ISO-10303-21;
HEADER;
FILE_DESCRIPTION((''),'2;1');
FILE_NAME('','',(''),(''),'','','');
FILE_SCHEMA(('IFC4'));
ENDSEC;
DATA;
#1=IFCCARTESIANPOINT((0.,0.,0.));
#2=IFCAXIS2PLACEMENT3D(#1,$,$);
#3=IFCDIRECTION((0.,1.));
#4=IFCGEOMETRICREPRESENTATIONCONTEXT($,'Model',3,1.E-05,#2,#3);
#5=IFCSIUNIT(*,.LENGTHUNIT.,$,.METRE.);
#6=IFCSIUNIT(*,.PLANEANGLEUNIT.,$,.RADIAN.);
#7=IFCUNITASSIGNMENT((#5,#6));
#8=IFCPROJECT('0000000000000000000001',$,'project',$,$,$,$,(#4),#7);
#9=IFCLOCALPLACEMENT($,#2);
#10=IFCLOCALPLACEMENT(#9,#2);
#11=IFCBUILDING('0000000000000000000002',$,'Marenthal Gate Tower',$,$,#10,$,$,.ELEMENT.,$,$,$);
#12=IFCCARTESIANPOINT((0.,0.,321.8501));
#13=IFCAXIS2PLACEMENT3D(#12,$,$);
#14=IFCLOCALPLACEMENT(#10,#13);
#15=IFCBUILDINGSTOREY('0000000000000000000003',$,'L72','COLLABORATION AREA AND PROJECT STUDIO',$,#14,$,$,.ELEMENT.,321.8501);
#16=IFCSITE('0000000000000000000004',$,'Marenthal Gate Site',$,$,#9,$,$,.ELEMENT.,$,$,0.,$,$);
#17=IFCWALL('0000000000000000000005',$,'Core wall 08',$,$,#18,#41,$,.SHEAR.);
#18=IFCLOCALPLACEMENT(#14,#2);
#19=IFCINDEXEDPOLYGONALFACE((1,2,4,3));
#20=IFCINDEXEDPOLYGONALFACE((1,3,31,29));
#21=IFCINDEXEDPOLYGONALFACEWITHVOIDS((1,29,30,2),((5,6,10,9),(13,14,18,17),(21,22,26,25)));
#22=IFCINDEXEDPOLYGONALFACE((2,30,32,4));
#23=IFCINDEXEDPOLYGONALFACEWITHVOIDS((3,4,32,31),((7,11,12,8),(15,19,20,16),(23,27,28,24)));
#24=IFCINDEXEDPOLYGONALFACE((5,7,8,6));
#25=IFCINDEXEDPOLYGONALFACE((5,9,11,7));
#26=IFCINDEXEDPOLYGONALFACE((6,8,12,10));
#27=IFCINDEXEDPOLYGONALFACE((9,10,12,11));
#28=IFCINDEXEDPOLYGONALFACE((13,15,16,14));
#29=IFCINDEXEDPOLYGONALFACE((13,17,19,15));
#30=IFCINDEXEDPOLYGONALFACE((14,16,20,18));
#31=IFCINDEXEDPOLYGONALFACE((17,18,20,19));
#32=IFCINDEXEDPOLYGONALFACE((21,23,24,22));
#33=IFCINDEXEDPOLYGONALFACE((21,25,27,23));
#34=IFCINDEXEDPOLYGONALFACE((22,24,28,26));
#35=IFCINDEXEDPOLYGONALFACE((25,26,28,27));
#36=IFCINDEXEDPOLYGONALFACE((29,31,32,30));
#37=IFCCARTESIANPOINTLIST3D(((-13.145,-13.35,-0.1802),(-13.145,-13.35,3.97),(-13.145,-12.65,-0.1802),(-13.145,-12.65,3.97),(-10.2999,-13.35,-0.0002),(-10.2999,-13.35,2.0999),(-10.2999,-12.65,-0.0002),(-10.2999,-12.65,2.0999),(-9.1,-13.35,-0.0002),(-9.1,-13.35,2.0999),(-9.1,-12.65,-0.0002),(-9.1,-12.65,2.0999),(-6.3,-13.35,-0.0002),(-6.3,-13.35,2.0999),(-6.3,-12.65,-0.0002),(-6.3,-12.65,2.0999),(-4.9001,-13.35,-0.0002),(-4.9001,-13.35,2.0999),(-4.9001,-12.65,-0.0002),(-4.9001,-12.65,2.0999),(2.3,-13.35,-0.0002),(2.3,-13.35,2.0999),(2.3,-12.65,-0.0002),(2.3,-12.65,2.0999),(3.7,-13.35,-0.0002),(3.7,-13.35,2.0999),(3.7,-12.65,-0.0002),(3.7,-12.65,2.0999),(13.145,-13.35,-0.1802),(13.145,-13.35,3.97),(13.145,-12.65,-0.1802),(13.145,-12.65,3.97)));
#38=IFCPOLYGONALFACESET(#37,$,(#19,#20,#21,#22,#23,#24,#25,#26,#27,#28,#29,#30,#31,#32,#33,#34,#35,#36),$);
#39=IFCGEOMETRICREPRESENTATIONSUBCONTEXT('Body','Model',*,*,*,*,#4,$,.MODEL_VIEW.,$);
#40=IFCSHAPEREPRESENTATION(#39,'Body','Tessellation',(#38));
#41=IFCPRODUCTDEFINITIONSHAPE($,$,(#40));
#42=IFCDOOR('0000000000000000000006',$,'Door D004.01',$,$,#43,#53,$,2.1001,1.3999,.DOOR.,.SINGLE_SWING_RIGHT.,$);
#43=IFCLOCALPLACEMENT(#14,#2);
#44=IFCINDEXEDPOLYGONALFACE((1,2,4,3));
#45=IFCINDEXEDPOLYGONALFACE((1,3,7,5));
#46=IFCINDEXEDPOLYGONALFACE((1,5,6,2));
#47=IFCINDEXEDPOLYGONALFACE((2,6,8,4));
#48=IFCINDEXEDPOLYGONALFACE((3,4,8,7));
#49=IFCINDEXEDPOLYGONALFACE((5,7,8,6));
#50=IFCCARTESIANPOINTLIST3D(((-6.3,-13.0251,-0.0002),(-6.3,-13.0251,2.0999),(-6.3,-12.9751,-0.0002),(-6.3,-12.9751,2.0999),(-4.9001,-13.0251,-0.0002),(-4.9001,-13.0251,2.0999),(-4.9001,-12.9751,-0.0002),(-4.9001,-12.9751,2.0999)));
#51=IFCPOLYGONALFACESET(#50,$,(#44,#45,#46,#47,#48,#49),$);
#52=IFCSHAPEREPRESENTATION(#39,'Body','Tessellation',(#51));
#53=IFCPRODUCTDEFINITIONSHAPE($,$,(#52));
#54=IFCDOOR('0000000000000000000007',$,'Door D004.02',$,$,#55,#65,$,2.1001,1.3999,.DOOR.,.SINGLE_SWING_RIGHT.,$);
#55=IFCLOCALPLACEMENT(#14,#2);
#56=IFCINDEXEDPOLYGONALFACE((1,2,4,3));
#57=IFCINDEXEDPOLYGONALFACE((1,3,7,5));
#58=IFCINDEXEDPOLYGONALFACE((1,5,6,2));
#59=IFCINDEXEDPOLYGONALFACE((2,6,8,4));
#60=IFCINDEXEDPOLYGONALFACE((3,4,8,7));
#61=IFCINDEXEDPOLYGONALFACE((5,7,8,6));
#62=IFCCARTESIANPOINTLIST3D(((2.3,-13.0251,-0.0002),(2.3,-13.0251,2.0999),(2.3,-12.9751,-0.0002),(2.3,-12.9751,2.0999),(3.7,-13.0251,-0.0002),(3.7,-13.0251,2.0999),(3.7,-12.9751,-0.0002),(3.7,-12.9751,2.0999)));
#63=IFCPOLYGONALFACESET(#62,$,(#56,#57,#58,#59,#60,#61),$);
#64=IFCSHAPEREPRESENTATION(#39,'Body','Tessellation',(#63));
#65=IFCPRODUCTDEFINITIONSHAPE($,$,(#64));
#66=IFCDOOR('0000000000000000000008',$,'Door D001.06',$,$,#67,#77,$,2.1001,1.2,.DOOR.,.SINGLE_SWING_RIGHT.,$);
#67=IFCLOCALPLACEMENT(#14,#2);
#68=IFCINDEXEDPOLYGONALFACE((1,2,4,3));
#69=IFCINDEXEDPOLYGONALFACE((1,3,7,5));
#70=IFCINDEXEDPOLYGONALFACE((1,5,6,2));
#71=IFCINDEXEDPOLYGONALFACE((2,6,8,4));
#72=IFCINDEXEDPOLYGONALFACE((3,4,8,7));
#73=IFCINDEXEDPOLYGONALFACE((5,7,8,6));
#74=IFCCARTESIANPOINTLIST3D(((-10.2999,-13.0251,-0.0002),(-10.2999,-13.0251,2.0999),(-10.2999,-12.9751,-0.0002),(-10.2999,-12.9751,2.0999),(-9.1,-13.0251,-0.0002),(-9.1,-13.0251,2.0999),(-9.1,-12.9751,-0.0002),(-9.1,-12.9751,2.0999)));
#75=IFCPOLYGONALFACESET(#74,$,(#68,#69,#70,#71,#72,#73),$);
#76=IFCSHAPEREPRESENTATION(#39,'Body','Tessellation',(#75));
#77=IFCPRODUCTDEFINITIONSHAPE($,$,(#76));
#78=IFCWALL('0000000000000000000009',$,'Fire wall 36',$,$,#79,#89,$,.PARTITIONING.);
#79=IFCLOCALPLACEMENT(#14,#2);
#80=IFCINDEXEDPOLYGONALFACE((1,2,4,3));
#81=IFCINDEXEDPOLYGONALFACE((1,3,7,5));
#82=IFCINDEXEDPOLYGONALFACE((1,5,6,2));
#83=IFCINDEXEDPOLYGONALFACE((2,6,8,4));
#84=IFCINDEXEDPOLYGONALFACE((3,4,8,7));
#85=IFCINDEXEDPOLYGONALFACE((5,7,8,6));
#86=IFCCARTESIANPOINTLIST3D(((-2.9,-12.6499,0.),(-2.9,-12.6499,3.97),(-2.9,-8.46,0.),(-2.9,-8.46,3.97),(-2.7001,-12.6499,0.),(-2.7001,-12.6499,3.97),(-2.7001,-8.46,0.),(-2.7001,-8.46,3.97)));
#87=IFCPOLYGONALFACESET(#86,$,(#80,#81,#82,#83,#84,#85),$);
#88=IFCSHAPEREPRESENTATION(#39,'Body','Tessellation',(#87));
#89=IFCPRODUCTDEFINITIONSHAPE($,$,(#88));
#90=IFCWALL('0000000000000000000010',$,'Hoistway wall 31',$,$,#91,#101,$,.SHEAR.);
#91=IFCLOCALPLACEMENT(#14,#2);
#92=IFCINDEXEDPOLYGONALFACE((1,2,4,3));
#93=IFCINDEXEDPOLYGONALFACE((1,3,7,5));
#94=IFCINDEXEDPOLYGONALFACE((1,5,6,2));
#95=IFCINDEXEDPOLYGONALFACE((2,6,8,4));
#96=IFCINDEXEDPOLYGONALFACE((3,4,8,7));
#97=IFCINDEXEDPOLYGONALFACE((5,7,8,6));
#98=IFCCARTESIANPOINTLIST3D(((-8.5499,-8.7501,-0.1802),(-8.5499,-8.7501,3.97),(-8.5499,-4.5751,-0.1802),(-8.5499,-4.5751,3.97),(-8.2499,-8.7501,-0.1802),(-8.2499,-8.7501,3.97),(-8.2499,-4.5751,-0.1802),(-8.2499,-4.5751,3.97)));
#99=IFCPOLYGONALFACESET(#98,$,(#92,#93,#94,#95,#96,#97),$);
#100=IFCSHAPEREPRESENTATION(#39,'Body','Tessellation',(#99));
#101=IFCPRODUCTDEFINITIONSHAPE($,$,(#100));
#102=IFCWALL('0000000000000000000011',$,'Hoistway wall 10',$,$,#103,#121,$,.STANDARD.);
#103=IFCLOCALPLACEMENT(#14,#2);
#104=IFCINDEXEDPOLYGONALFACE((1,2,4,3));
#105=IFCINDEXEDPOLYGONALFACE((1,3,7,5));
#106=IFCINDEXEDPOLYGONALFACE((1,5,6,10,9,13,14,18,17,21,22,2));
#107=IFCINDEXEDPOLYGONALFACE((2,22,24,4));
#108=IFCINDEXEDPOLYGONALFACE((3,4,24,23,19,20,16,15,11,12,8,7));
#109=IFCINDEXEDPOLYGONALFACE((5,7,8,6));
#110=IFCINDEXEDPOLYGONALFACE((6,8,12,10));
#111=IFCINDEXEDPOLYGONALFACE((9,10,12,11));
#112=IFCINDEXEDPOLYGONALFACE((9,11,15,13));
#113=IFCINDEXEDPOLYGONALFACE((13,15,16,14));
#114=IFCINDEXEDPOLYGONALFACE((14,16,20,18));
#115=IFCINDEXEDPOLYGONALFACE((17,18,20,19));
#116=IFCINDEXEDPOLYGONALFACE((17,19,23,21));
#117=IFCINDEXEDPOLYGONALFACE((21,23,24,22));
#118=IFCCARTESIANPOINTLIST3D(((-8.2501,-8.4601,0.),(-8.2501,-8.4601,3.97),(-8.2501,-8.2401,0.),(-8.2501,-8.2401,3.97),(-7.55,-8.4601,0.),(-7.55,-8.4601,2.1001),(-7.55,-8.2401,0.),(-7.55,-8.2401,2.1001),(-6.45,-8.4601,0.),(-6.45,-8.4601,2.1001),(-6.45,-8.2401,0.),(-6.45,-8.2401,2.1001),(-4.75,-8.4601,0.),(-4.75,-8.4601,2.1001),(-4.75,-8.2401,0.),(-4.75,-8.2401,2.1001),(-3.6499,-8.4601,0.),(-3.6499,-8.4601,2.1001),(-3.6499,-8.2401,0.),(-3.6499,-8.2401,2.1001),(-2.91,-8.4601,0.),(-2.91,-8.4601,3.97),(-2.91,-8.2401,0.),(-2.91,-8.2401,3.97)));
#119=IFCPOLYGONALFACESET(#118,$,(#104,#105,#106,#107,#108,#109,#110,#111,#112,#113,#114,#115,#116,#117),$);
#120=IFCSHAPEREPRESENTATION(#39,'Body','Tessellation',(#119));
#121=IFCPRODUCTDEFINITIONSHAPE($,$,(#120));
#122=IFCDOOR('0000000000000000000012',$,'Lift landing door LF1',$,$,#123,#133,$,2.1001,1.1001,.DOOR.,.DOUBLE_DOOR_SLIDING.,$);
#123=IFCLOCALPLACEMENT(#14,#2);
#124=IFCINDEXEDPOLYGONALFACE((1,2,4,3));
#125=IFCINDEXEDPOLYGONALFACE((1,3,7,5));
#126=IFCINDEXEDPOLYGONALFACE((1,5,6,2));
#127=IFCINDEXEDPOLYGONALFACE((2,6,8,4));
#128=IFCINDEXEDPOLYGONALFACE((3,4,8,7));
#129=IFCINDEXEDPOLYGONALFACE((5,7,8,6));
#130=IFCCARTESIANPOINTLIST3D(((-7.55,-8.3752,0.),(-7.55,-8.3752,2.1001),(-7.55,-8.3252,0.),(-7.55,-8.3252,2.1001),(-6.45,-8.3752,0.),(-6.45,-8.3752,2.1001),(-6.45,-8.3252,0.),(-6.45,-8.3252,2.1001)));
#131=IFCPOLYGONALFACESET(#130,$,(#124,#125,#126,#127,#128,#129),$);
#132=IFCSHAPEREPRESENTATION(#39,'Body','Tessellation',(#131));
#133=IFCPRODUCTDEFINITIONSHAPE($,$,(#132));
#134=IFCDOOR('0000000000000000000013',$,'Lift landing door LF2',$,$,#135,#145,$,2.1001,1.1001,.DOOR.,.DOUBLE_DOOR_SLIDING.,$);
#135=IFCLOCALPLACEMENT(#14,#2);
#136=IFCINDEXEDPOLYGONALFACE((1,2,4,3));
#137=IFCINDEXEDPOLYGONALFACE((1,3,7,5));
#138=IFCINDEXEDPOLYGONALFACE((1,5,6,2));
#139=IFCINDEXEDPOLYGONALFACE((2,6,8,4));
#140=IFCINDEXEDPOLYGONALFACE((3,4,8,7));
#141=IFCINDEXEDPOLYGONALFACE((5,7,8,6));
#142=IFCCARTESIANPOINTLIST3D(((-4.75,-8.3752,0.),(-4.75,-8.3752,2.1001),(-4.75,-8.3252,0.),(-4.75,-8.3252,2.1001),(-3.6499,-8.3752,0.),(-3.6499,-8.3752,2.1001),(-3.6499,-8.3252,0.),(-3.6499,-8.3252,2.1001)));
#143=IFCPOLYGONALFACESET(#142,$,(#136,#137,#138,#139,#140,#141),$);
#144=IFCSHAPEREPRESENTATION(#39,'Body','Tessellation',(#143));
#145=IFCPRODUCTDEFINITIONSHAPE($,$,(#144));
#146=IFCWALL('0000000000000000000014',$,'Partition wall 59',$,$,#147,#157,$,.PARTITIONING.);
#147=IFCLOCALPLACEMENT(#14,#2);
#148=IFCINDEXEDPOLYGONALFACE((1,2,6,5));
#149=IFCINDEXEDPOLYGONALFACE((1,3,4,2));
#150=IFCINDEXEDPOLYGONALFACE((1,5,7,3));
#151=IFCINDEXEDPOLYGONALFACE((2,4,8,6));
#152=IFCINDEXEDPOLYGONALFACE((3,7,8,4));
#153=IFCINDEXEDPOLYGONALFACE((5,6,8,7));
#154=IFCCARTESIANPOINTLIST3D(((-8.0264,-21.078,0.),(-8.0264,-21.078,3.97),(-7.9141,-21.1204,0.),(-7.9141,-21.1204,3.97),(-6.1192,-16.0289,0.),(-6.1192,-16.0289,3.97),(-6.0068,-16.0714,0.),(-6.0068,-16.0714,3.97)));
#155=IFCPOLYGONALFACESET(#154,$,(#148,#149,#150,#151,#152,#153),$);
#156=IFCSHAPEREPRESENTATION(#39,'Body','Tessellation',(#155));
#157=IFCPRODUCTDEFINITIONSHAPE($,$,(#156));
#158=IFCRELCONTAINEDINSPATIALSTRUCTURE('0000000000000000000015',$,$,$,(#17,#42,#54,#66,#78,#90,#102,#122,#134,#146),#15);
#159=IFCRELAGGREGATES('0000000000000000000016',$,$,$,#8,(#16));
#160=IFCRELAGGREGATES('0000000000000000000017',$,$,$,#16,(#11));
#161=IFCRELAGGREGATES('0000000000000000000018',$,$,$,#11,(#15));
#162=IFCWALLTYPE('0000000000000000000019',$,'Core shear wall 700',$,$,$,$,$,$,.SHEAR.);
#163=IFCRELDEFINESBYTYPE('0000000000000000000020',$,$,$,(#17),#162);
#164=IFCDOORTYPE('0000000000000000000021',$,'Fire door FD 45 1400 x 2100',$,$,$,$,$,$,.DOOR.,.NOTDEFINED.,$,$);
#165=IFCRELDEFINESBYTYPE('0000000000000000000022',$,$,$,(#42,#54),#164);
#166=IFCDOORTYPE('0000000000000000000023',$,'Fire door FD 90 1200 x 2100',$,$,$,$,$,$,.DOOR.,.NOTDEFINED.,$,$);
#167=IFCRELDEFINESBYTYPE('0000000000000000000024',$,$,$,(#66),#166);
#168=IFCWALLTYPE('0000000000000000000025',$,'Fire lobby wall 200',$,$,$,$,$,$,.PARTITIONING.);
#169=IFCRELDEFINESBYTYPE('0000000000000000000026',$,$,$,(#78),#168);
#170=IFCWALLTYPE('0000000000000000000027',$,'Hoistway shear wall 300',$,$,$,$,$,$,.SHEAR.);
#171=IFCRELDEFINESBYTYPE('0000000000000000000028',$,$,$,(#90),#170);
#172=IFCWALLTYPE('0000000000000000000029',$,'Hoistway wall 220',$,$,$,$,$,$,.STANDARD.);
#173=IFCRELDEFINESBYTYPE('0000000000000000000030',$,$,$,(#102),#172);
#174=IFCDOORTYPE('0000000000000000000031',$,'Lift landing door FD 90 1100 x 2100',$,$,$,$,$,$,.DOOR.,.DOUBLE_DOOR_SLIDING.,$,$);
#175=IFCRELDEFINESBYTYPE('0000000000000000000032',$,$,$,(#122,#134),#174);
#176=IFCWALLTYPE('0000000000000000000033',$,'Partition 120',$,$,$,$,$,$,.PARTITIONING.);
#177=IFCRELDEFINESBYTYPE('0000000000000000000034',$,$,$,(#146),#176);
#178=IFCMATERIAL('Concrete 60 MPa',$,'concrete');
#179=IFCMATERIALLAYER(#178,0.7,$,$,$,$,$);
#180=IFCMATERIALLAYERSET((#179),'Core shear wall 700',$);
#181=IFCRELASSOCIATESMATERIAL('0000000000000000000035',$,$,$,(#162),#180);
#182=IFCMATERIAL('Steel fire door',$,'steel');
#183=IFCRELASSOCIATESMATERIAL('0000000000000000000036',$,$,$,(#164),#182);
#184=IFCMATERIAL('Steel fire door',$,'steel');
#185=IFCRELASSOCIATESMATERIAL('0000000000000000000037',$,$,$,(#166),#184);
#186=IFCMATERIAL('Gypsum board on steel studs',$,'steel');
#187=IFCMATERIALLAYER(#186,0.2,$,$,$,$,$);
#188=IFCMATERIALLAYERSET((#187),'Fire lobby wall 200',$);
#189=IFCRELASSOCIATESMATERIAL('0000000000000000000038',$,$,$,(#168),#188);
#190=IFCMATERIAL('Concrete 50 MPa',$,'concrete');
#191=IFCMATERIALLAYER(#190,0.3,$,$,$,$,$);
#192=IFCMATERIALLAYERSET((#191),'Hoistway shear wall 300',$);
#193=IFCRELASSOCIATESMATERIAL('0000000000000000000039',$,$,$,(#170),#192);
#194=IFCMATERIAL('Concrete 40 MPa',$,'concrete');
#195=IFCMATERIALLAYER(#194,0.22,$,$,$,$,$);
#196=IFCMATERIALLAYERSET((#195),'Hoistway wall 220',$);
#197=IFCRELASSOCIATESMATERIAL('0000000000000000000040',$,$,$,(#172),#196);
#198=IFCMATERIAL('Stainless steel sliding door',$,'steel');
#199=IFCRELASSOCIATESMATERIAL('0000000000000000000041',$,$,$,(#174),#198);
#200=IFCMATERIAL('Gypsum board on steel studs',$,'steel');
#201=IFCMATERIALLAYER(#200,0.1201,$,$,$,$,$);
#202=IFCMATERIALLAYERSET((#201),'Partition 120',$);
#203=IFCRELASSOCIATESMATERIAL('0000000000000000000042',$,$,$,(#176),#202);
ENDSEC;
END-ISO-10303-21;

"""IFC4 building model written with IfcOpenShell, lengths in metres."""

from ifc_helpers import new_model, si_unit, direction, frame, frame_2d, origin, place, context, subcontext, project, spatial, rectangle, extrude, material, layer, layer_set, type_object, element, fill, save


model = new_model("IFC4")

# Units and contexts
model_context = context("Model", 3, precision=1e-05, world=origin(), true_north=direction((0.0, 1.0)))
body_context = subcontext(model_context, "Body", "Model", "MODEL_VIEW")
ifc_project = project(units=[si_unit("LENGTHUNIT", "METRE"), si_unit("PLANEANGLEUNIT", "RADIAN")], contexts=[model_context])

# Site, building, storey
site_placement = place(None, origin())
site = spatial("IfcSite", under=ifc_project, at=site_placement, Name="Marenthal Gate Site", CompositionType="ELEMENT", RefElevation=0.0)
building_placement = place(site_placement, origin())
building = spatial("IfcBuilding", under=site, at=building_placement, Name="Marenthal Gate Tower", CompositionType="ELEMENT")
storey_placement = place(building_placement, frame((0.0, 0.0, 321.8501)))
storey = spatial("IfcBuildingStorey", under=building, at=storey_placement, Name="L72", Description="COLLABORATION AREA AND PROJECT STUDIO", CompositionType="ELEMENT", Elevation=321.8501)

# Wall, openings, doors
ifc_material_1 = material(Name="Concrete 60 MPa", Category="concrete")
ifc_layer_1 = layer(ifc_material_1, 0.7)
ifc_layer_set_1 = layer_set([ifc_layer_1], Name="Core shear wall 700")
wall_type_1 = type_object("IfcWallType", Name="Core shear wall 700", PredefinedType="SHEAR", material=ifc_layer_set_1)
wall_1_placement = place(storey_placement, frame((-13.145, -13.0, -0.1802), z_axis=(0.0, 0.0, 1.0), x_axis=(1.0, 0.0, 0.0)))
wall_1 = element("IfcWall", 1, at=wall_1_placement, inside=storey, type_object=wall_type_1, Name="Core wall 08", PredefinedType="SHEAR", context=body_context, shape_type="SweptSolid", body=[
    extrude(rectangle(XDim=26.29, YDim=0.7, at=frame_2d((13.145, 0.0))), origin(), (0.0, 0.0, 1.0), 4.1501),
])
opening_1_placement = place(wall_1_placement, frame((2.845, 0.0, 0.1799)))
opening_1 = element("IfcOpeningElement", 2, at=opening_1_placement, cuts=wall_1, PredefinedType="OPENING", context=body_context, shape_type="SweptSolid", body=[
    extrude(rectangle(XDim=1.2, YDim=2.1001, at=frame_2d((0.6001, 1.05))), frame((0.0, 0.3599, 0.0), z_axis=(0.0, -1.0, 0.0), x_axis=(1.0, 0.0, 0.0)), (0.0, 0.0, 1.0), 0.72),
])
opening_2_placement = place(wall_1_placement, frame((6.845, 0.0, 0.1799)))
opening_2 = element("IfcOpeningElement", 3, at=opening_2_placement, cuts=wall_1, PredefinedType="OPENING", context=body_context, shape_type="SweptSolid", body=[
    extrude(rectangle(XDim=1.3999, YDim=2.1001, at=frame_2d((0.7, 1.05))), frame((0.0, 0.3599, 0.0), z_axis=(0.0, -1.0, 0.0), x_axis=(1.0, 0.0, 0.0)), (0.0, 0.0, 1.0), 0.72),
])
opening_3_placement = place(wall_1_placement, frame((15.4451, 0.0, 0.1799)))
opening_3 = element("IfcOpeningElement", 4, at=opening_3_placement, cuts=wall_1, PredefinedType="OPENING", context=body_context, shape_type="SweptSolid", body=[
    extrude(rectangle(XDim=1.3999, YDim=2.1001, at=frame_2d((0.7, 1.05))), frame((0.0, 0.3599, 0.0), z_axis=(0.0, -1.0, 0.0), x_axis=(1.0, 0.0, 0.0)), (0.0, 0.0, 1.0), 0.72),
])
ifc_material_2 = material(Name="Steel fire door", Category="steel")
door_type_1 = type_object("IfcDoorType", Name="Fire door FD 45 1400 x 2100", OperationType="NOTDEFINED", PredefinedType="DOOR", material=ifc_material_2)
door_1_placement = place(opening_2_placement, origin())
door_1 = element("IfcDoor", 5, at=door_1_placement, inside=storey, type_object=door_type_1, Name="Door D004.01", OperationType="SINGLE_SWING_RIGHT", OverallHeight=2.1001, OverallWidth=1.3999, PredefinedType="DOOR", context=body_context, shape_type="SweptSolid", body=[
    extrude(rectangle(XDim=1.3999, YDim=2.1001, at=frame_2d((0.7, 1.05))), frame((0.0, 0.0249, 0.0), z_axis=(0.0, -1.0, 0.0), x_axis=(1.0, 0.0, 0.0)), (0.0, 0.0, 1.0), 0.05),
])
fill(opening_2, door_1)
door_2_placement = place(opening_3_placement, origin())
door_2 = element("IfcDoor", 6, at=door_2_placement, inside=storey, type_object=door_type_1, Name="Door D004.02", OperationType="SINGLE_SWING_RIGHT", OverallHeight=2.1001, OverallWidth=1.3999, PredefinedType="DOOR", context=body_context, shape_type="SweptSolid", body=[
    extrude(rectangle(XDim=1.3999, YDim=2.1001, at=frame_2d((0.7, 1.05))), frame((0.0, 0.0249, 0.0), z_axis=(0.0, -1.0, 0.0), x_axis=(1.0, 0.0, 0.0)), (0.0, 0.0, 1.0), 0.05),
])
fill(opening_3, door_2)
ifc_material_3 = material(Name="Steel fire door", Category="steel")
door_type_2 = type_object("IfcDoorType", Name="Fire door FD 90 1200 x 2100", OperationType="NOTDEFINED", PredefinedType="DOOR", material=ifc_material_3)
door_3_placement = place(opening_1_placement, origin())
door_3 = element("IfcDoor", 7, at=door_3_placement, inside=storey, type_object=door_type_2, Name="Door D001.06", OperationType="SINGLE_SWING_RIGHT", OverallHeight=2.1001, OverallWidth=1.2, PredefinedType="DOOR", context=body_context, shape_type="SweptSolid", body=[
    extrude(rectangle(XDim=1.2, YDim=2.1001, at=frame_2d((0.6001, 1.05))), frame((0.0, 0.0249, 0.0), z_axis=(0.0, -1.0, 0.0), x_axis=(1.0, 0.0, 0.0)), (0.0, 0.0, 1.0), 0.05),
])
fill(opening_1, door_3)

# Walls
ifc_material_4 = material(Name="Gypsum board on steel studs", Category="steel")
ifc_layer_2 = layer(ifc_material_4, 0.2)
ifc_layer_set_2 = layer_set([ifc_layer_2], Name="Fire lobby wall 200")
wall_type_2 = type_object("IfcWallType", Name="Fire lobby wall 200", PredefinedType="PARTITIONING", material=ifc_layer_set_2)
wall_2_placement = place(storey_placement, frame((-2.8, -12.6499, 0.0), z_axis=(0.0, 0.0, 1.0), x_axis=(0.0, 1.0, 0.0)))
element("IfcWall", 8, at=wall_2_placement, inside=storey, type_object=wall_type_2, Name="Fire wall 36", PredefinedType="PARTITIONING", context=body_context, shape_type="SweptSolid", body=[
    extrude(rectangle(XDim=4.1899, YDim=0.2, at=frame_2d((2.095, 0.0))), origin(), (0.0, 0.0, 1.0), 3.97),
])
ifc_material_5 = material(Name="Concrete 50 MPa", Category="concrete")
ifc_layer_3 = layer(ifc_material_5, 0.3)
ifc_layer_set_3 = layer_set([ifc_layer_3], Name="Hoistway shear wall 300")
wall_type_3 = type_object("IfcWallType", Name="Hoistway shear wall 300", PredefinedType="SHEAR", material=ifc_layer_set_3)
wall_3_placement = place(storey_placement, frame((-8.3999, -8.75, -0.1802), z_axis=(0.0, 0.0, 1.0), x_axis=(0.0, 1.0, 0.0)))
element("IfcWall", 9, at=wall_3_placement, inside=storey, type_object=wall_type_3, Name="Hoistway wall 31", PredefinedType="SHEAR", context=body_context, shape_type="SweptSolid", body=[
    extrude(rectangle(XDim=4.175, YDim=0.3, at=frame_2d((2.0874, 0.0))), origin(), (0.0, 0.0, 1.0), 4.1501),
])

# Wall, openings, doors
ifc_material_6 = material(Name="Concrete 40 MPa", Category="concrete")
ifc_layer_4 = layer(ifc_material_6, 0.22)
ifc_layer_set_4 = layer_set([ifc_layer_4], Name="Hoistway wall 220")
wall_type_4 = type_object("IfcWallType", Name="Hoistway wall 220", PredefinedType="STANDARD", material=ifc_layer_set_4)
wall_4_placement = place(storey_placement, frame((-8.25, -8.3501, 0.0), z_axis=(0.0, 0.0, 1.0), x_axis=(1.0, 0.0, 0.0)))
wall_4 = element("IfcWall", 10, at=wall_4_placement, inside=storey, type_object=wall_type_4, Name="Hoistway wall 10", PredefinedType="STANDARD", context=body_context, shape_type="SweptSolid", body=[
    extrude(rectangle(XDim=5.3401, YDim=0.22, at=frame_2d((2.6699, 0.0))), origin(), (0.0, 0.0, 1.0), 3.97),
])
opening_4_placement = place(wall_4_placement, frame((0.7, 0.0, 0.0)))
opening_4 = element("IfcOpeningElement", 11, at=opening_4_placement, cuts=wall_4, PredefinedType="OPENING", context=body_context, shape_type="SweptSolid", body=[
    extrude(rectangle(XDim=1.1001, YDim=2.1001, at=frame_2d((0.55, 1.05))), frame((0.0, 0.1201, 0.0), z_axis=(0.0, -1.0, 0.0), x_axis=(1.0, 0.0, 0.0)), (0.0, 0.0, 1.0), 0.24),
])
opening_5_placement = place(wall_4_placement, frame((3.5, 0.0, 0.0)))
opening_5 = element("IfcOpeningElement", 12, at=opening_5_placement, cuts=wall_4, PredefinedType="OPENING", context=body_context, shape_type="SweptSolid", body=[
    extrude(rectangle(XDim=1.1001, YDim=2.1001, at=frame_2d((0.55, 1.05))), frame((0.0, 0.1201, 0.0), z_axis=(0.0, -1.0, 0.0), x_axis=(1.0, 0.0, 0.0)), (0.0, 0.0, 1.0), 0.24),
])
ifc_material_7 = material(Name="Stainless steel sliding door", Category="steel")
door_type_3 = type_object("IfcDoorType", Name="Lift landing door FD 90 1100 x 2100", OperationType="DOUBLE_DOOR_SLIDING", PredefinedType="DOOR", material=ifc_material_7)
door_4_placement = place(opening_4_placement, origin())
door_4 = element("IfcDoor", 13, at=door_4_placement, inside=storey, type_object=door_type_3, Name="Lift landing door LF1", OperationType="DOUBLE_DOOR_SLIDING", OverallHeight=2.1001, OverallWidth=1.1001, PredefinedType="DOOR", context=body_context, shape_type="SweptSolid", body=[
    extrude(rectangle(XDim=1.1001, YDim=2.1001, at=frame_2d((0.55, 1.05))), frame((0.0, 0.0249, 0.0), z_axis=(0.0, -1.0, 0.0), x_axis=(1.0, 0.0, 0.0)), (0.0, 0.0, 1.0), 0.05),
])
fill(opening_4, door_4)
door_5_placement = place(opening_5_placement, origin())
door_5 = element("IfcDoor", 14, at=door_5_placement, inside=storey, type_object=door_type_3, Name="Lift landing door LF2", OperationType="DOUBLE_DOOR_SLIDING", OverallHeight=2.1001, OverallWidth=1.1001, PredefinedType="DOOR", context=body_context, shape_type="SweptSolid", body=[
    extrude(rectangle(XDim=1.1001, YDim=2.1001, at=frame_2d((0.55, 1.05))), frame((0.0, 0.0249, 0.0), z_axis=(0.0, -1.0, 0.0), x_axis=(1.0, 0.0, 0.0)), (0.0, 0.0, 1.0), 0.05),
])
fill(opening_5, door_5)

# Wall
ifc_material_8 = material(Name="Gypsum board on steel studs", Category="steel")
ifc_layer_5 = layer(ifc_material_8, 0.1201)
ifc_layer_set_5 = layer_set([ifc_layer_5], Name="Partition 120")
wall_type_5 = type_object("IfcWallType", Name="Partition 120", PredefinedType="PARTITIONING", material=ifc_layer_set_5)
wall_5_placement = place(storey_placement, frame((-6.063, -16.05, 0.0), z_axis=(0.0, 0.0, 1.0), x_axis=(-0.353368, -0.935484, 0.0)))
element("IfcWall", 15, at=wall_5_placement, inside=storey, type_object=wall_type_5, Name="Partition wall 59", PredefinedType="PARTITIONING", context=body_context, shape_type="SweptSolid", body=[
    extrude(rectangle(XDim=5.3972, YDim=0.1201, at=frame_2d((2.6987, 0.0))), origin(), (0.0, 0.0, 1.0), 3.97),
])

save(model, "model.ifc")
